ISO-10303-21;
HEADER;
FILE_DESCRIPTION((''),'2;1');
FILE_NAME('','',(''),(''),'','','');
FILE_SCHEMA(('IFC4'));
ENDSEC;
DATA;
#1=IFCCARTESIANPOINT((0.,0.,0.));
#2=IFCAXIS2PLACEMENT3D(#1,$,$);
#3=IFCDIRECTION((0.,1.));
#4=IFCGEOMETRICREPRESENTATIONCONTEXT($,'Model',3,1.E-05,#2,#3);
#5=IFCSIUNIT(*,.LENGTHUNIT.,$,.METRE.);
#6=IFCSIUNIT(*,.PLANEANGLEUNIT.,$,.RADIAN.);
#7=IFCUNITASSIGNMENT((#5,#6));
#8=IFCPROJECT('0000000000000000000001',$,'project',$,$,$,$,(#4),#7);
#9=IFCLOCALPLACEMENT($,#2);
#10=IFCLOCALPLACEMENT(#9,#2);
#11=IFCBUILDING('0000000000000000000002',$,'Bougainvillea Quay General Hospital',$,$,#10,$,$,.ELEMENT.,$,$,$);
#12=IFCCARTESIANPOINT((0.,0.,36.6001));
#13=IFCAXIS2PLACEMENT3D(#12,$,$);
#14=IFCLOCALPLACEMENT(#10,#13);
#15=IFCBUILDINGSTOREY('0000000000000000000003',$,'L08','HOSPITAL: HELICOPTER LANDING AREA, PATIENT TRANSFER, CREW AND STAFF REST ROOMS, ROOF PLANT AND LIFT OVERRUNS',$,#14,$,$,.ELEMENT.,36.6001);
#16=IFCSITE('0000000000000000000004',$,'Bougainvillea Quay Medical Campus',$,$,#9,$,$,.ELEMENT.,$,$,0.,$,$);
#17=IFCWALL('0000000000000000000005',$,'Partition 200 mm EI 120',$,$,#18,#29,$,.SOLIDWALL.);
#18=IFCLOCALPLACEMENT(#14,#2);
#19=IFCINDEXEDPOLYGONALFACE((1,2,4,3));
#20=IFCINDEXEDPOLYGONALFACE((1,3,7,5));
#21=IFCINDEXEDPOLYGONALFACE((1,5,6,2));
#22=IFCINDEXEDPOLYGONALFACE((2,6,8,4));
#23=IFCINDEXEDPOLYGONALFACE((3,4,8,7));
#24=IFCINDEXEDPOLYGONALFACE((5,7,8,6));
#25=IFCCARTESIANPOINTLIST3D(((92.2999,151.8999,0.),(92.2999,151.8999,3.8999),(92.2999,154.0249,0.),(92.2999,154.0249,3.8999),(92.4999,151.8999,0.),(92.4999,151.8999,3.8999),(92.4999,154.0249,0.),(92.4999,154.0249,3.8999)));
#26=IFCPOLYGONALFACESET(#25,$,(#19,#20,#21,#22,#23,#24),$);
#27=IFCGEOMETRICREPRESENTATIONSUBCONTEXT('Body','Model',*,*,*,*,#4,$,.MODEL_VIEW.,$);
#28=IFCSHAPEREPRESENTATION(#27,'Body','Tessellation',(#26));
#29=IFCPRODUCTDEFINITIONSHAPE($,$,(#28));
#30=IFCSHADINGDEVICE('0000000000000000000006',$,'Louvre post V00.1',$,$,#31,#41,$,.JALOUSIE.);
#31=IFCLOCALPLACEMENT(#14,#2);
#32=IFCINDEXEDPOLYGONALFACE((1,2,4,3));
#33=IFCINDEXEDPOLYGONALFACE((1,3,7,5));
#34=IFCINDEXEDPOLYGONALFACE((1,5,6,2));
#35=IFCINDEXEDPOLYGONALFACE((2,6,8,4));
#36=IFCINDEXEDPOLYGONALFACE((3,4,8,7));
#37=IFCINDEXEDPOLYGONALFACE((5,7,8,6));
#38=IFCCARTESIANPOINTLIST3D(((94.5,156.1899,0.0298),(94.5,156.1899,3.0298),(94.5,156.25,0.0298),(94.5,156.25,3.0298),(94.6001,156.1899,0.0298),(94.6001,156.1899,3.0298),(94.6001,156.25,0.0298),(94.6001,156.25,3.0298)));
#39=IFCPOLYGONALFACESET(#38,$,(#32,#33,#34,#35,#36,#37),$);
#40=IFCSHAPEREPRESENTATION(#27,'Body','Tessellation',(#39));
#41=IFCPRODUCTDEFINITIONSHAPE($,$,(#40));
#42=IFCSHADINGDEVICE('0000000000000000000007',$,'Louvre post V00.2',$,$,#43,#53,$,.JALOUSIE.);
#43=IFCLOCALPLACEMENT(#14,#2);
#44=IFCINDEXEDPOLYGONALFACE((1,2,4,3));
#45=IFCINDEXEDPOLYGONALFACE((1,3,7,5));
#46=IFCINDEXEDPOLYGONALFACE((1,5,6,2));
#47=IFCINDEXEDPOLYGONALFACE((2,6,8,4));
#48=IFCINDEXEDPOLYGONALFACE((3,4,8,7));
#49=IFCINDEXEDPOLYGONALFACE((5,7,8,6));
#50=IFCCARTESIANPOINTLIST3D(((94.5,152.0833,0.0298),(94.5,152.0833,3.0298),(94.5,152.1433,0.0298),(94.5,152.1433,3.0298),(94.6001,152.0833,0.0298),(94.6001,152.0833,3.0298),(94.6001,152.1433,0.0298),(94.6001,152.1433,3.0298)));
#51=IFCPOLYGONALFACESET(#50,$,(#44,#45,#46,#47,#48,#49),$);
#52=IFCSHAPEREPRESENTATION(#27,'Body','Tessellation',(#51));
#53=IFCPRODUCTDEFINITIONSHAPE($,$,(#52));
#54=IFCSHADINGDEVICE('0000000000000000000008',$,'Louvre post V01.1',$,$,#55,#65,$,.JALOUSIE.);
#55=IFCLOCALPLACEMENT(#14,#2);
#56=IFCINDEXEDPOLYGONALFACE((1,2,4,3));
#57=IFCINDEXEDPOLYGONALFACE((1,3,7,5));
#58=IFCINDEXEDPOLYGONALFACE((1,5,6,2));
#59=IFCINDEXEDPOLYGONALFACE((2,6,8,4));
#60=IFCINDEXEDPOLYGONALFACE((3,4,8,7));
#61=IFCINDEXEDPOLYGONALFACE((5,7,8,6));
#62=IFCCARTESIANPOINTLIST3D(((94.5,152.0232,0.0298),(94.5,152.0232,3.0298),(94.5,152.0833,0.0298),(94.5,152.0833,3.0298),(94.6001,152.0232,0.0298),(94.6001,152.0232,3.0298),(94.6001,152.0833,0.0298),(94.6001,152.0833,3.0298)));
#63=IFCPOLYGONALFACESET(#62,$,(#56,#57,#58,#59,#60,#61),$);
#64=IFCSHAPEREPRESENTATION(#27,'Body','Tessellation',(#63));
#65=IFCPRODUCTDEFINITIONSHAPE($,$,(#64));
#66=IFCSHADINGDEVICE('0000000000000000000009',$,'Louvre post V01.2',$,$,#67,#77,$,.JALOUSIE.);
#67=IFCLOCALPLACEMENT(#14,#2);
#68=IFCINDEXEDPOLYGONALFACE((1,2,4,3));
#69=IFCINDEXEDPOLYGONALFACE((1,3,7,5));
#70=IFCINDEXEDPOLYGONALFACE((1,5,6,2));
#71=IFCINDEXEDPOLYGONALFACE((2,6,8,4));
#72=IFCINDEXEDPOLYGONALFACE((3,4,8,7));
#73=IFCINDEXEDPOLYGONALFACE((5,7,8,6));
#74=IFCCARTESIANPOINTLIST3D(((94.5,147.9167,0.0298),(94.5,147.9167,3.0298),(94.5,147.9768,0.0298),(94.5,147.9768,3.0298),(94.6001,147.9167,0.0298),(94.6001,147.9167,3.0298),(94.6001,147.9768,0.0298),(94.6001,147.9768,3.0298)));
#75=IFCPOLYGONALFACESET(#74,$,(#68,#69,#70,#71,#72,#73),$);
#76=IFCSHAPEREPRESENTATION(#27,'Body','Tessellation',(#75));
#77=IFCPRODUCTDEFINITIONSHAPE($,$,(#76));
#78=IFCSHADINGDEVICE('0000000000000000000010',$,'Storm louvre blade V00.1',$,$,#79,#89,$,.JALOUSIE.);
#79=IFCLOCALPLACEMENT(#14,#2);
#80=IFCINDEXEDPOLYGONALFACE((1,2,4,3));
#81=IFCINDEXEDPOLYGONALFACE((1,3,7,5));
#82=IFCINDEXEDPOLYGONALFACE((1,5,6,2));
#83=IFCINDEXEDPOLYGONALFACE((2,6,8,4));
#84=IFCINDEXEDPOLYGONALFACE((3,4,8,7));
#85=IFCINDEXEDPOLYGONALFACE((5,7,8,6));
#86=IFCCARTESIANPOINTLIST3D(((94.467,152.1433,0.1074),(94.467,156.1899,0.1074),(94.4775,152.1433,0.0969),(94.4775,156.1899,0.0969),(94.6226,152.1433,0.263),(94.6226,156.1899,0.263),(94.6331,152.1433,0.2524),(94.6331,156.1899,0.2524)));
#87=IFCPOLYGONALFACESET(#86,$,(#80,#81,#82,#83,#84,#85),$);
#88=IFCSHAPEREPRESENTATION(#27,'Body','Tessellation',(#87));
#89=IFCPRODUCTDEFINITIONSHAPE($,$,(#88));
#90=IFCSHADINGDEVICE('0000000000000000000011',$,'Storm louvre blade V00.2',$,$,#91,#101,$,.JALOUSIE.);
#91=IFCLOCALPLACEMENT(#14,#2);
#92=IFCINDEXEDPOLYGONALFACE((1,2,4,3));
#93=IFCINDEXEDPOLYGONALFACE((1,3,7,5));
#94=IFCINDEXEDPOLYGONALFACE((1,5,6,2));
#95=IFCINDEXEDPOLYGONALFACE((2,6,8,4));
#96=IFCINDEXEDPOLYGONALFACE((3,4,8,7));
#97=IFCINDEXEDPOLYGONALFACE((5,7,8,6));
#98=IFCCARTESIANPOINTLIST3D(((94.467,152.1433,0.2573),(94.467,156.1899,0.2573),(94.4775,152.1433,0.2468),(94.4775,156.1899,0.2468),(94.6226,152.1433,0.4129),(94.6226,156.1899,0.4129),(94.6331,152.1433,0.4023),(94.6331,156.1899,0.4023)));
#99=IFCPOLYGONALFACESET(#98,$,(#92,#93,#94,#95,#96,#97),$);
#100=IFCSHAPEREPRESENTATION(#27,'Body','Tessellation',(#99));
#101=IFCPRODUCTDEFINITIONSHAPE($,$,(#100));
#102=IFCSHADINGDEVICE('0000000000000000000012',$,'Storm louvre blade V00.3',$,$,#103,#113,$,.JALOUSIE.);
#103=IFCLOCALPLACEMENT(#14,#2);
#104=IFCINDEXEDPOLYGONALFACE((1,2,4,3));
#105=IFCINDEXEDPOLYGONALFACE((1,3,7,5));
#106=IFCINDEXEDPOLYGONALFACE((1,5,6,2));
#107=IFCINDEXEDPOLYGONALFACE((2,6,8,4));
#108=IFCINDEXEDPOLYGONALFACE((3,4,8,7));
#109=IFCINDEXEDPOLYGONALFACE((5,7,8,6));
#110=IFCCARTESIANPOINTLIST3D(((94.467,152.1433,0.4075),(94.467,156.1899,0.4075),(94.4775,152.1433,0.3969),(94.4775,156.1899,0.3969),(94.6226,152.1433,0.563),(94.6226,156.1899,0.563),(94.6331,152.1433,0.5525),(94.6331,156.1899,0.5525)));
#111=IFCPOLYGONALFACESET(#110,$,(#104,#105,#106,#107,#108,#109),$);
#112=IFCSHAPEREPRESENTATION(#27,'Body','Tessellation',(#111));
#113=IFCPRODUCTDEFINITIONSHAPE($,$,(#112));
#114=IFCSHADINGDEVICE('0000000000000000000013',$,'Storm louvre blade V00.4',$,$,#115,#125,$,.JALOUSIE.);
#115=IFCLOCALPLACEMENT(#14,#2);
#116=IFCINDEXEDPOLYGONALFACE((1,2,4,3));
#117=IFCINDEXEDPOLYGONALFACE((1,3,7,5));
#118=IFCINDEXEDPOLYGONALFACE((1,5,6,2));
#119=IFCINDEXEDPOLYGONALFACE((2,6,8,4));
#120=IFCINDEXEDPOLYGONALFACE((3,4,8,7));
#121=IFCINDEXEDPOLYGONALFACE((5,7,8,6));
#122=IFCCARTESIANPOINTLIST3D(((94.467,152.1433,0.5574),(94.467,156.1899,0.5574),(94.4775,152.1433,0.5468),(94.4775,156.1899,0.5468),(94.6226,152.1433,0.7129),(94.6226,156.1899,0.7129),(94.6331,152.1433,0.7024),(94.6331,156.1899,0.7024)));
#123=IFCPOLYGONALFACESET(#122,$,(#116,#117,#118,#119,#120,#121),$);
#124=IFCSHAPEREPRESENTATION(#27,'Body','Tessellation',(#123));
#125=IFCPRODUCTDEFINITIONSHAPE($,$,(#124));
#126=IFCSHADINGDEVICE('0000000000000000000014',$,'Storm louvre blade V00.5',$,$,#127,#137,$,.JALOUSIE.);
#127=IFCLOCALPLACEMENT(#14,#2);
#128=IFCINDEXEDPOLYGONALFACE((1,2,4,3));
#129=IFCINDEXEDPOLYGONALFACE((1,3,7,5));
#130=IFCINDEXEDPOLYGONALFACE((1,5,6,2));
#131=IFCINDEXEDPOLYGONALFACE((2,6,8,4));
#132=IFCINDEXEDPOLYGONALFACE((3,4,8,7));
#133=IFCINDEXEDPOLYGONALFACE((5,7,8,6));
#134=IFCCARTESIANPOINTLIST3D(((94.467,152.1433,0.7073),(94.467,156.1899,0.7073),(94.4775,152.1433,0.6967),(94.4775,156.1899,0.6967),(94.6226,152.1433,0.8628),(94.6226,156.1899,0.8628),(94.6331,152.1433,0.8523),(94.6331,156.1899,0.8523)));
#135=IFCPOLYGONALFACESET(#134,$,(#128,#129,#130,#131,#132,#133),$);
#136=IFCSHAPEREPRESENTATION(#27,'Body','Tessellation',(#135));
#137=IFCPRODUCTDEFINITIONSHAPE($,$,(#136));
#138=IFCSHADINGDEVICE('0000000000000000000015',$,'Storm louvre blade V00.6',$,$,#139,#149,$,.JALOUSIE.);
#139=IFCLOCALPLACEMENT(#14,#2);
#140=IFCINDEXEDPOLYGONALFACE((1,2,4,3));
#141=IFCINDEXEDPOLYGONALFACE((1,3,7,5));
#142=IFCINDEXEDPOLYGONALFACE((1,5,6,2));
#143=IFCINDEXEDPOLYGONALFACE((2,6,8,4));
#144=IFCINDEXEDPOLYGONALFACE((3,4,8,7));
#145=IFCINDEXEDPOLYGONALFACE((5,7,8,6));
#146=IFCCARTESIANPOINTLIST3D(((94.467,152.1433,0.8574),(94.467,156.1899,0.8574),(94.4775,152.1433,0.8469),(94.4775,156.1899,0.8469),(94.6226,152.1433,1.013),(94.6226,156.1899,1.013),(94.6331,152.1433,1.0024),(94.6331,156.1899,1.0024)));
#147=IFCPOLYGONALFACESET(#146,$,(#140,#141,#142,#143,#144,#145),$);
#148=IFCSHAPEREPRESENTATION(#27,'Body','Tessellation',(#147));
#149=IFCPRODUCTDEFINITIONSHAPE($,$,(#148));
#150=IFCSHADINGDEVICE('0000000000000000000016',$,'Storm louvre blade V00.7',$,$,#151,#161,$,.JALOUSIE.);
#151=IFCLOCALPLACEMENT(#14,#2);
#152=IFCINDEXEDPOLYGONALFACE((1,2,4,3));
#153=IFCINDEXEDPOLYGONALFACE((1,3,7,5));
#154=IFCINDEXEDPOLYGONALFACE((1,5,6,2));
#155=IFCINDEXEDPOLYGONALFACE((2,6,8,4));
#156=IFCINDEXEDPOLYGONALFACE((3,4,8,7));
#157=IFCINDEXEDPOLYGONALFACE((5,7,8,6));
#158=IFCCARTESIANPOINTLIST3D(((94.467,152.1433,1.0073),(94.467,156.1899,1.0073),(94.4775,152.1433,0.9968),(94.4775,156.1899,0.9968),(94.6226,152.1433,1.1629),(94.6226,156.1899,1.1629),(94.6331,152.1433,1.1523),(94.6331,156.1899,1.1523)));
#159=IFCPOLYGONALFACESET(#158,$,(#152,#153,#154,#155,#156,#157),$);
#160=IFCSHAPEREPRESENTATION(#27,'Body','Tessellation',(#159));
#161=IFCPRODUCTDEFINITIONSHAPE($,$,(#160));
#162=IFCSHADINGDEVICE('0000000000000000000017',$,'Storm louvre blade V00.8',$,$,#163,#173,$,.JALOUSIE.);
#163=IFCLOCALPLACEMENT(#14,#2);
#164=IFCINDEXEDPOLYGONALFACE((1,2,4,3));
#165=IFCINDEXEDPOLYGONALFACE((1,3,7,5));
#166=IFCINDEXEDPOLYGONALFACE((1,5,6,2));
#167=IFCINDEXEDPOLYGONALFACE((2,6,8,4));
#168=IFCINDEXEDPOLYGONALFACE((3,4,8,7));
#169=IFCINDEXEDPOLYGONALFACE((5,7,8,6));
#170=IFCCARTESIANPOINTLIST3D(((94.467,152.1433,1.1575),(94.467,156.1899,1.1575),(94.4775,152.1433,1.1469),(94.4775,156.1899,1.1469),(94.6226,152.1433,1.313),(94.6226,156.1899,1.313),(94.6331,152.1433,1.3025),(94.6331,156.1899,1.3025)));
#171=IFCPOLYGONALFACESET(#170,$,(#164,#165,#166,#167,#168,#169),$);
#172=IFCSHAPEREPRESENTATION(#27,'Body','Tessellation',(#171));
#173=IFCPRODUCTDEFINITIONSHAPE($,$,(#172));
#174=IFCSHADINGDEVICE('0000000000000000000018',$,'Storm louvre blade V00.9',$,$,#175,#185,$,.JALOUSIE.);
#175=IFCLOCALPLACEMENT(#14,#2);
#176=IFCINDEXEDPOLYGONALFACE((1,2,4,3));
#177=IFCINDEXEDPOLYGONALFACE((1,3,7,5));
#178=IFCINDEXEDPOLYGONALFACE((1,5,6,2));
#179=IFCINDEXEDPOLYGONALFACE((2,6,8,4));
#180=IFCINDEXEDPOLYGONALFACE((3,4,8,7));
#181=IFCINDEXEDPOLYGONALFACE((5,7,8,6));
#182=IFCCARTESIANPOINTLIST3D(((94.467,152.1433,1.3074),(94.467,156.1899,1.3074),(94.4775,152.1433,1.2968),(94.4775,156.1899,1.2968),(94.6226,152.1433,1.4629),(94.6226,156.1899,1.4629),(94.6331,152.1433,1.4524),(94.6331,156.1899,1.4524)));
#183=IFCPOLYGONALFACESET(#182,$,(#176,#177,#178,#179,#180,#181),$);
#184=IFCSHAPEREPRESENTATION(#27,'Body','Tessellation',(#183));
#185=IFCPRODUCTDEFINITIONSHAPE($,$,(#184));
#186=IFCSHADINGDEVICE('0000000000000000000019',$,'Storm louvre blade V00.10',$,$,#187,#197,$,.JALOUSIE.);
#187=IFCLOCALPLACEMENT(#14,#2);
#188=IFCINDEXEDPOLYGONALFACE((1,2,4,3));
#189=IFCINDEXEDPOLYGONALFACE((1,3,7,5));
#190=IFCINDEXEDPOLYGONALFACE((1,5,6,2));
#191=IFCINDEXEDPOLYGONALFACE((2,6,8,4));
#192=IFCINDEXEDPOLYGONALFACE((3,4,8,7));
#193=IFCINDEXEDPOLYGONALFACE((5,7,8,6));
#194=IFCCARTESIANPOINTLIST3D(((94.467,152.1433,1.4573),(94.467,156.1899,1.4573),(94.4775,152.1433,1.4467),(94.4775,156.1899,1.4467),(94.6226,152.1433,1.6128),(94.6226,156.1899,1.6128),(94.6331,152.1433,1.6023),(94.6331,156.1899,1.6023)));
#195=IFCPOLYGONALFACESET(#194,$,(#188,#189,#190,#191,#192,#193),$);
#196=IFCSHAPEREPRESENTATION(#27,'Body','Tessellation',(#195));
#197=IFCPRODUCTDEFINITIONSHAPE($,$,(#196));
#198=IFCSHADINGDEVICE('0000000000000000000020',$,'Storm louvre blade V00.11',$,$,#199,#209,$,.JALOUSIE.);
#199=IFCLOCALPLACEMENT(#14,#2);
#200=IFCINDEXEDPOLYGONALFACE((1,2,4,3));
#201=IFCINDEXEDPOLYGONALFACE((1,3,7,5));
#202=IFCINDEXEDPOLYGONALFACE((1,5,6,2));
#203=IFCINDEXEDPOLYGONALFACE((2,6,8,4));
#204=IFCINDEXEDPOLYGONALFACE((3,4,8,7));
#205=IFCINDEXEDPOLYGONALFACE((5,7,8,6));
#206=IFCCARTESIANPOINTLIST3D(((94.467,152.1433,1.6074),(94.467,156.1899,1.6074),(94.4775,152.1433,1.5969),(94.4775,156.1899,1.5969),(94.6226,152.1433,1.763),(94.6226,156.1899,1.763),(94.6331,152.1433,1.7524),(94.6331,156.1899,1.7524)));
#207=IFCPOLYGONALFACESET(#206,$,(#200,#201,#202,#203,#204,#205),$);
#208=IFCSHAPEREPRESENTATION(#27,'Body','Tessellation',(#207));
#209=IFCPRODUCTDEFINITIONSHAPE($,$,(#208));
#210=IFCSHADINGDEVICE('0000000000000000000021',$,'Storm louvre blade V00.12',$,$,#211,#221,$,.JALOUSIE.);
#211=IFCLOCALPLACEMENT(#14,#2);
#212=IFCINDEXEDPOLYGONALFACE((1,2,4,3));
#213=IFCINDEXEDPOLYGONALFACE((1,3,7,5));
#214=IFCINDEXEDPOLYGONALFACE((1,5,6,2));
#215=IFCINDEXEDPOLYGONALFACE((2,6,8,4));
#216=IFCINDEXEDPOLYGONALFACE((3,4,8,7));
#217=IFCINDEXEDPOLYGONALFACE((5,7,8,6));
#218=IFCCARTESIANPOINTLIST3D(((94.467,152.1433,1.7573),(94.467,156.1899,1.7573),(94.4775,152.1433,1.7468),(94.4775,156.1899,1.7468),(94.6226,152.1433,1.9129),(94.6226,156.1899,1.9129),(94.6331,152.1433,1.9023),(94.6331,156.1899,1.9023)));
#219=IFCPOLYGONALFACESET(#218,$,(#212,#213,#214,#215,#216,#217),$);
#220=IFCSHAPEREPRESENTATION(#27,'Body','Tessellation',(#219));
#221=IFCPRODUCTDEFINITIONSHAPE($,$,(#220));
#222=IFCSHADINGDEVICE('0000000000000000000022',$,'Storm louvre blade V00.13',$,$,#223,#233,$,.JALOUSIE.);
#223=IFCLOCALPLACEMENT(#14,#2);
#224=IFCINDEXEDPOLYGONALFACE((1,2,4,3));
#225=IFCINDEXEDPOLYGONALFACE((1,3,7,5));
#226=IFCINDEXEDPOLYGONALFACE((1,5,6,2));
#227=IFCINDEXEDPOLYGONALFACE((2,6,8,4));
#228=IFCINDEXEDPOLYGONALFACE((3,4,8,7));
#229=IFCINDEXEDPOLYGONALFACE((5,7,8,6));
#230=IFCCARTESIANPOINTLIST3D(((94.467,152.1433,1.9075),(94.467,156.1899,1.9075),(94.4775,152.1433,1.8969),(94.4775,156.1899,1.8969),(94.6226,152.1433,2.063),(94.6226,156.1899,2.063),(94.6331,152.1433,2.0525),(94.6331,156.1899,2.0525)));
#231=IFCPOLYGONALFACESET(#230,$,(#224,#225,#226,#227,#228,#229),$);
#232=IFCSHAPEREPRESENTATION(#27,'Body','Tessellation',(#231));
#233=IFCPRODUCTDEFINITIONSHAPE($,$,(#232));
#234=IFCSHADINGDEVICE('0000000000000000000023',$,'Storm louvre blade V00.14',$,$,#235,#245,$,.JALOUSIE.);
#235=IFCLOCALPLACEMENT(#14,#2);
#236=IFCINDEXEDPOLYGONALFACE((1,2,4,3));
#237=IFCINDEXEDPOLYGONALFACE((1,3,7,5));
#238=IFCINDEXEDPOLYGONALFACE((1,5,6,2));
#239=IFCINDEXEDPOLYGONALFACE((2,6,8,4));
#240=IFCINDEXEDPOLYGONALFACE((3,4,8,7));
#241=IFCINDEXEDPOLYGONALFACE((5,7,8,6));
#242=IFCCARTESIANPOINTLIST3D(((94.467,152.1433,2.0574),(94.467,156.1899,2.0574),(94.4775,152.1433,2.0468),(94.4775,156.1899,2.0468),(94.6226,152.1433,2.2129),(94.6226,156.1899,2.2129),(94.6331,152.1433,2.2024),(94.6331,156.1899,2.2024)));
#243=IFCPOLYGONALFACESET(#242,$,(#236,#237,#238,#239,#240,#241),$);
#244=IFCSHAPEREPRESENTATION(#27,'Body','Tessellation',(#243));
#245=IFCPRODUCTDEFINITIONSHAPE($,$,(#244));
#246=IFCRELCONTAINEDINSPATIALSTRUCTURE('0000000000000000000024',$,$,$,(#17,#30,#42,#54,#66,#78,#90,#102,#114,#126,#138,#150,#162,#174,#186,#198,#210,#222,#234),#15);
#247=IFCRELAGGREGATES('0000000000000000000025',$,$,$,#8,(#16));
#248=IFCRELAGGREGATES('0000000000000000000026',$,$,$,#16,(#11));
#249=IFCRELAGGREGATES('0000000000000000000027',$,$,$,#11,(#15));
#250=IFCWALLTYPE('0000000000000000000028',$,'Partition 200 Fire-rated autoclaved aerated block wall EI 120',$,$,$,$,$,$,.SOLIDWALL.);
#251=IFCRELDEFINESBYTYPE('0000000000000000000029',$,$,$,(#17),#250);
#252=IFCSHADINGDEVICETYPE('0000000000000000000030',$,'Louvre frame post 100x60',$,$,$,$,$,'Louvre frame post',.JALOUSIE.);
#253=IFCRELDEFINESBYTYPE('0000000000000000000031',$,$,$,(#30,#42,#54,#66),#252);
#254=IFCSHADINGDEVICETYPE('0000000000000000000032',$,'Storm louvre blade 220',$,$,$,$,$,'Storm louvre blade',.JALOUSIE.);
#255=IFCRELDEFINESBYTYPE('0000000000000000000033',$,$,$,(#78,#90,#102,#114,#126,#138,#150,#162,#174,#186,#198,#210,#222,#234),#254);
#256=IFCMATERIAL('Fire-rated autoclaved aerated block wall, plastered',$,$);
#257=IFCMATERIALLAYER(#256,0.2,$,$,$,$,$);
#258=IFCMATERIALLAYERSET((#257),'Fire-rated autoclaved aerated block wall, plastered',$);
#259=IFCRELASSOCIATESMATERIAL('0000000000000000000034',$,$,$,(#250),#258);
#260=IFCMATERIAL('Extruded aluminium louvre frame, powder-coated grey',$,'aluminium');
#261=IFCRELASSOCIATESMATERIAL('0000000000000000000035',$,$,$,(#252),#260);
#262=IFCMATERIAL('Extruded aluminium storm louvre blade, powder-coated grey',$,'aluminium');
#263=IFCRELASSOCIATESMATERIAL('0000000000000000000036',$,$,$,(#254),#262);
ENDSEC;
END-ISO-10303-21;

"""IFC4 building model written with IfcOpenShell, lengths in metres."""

from ifc_helpers import new_model, si_unit, direction, frame, frame_2d, origin, origin_2d, place, context, subcontext, project, spatial, rectangle, extrude, material, layer, layer_set, material_profile, profile_set, type_object, element, save


model = new_model("IFC4")

# Units and contexts
model_context = context("Model", 3, precision=1e-05, world=origin(), true_north=direction((0.0, 1.0)))
body_context = subcontext(model_context, "Body", "Model", "MODEL_VIEW")
ifc_project = project(units=[si_unit("LENGTHUNIT", "METRE"), si_unit("PLANEANGLEUNIT", "RADIAN")], contexts=[model_context])

# Site, building, storey
site_placement = place(None, origin())
site = spatial("IfcSite", under=ifc_project, at=site_placement, Name="Bougainvillea Quay Medical Campus", CompositionType="ELEMENT", RefElevation=0.0)
building_placement = place(site_placement, origin())
building = spatial("IfcBuilding", under=site, at=building_placement, Name="Bougainvillea Quay General Hospital", CompositionType="ELEMENT")
storey_placement = place(building_placement, frame((0.0, 0.0, 36.6001)))
storey = spatial("IfcBuildingStorey", under=building, at=storey_placement, Name="L08", Description="HOSPITAL: HELICOPTER LANDING AREA, PATIENT TRANSFER, CREW AND STAFF REST ROOMS, ROOF PLANT AND LIFT OVERRUNS", CompositionType="ELEMENT", Elevation=36.6001)

# Wall
ifc_material_1 = material(Name="Fire-rated autoclaved aerated block wall, plastered")
ifc_layer = layer(ifc_material_1, 0.2)
ifc_layer_set = layer_set([ifc_layer], Name="Fire-rated autoclaved aerated block wall, plastered")
wall_type = type_object("IfcWallType", Name="Partition 200 Fire-rated autoclaved aerated block wall EI 120", PredefinedType="SOLIDWALL", material=ifc_layer_set)
wall_placement = place(storey_placement, frame((92.3999, 151.8999, 0.0), z_axis=(0.0, 0.0, 1.0), x_axis=(0.0, 1.0, 0.0)))
element("IfcWall", 1, at=wall_placement, inside=storey, type_object=wall_type, Name="Partition 200 mm EI 120", PredefinedType="SOLIDWALL", context=body_context, shape_type="SweptSolid", body=[
    extrude(rectangle(XDim=2.125, YDim=0.2, at=frame_2d((1.0625, 0.0))), origin(), (0.0, 0.0, 1.0), 3.8999),
])

# Shading devices
ifc_material_2 = material(Name="Extruded aluminium louvre frame, powder-coated grey", Category="aluminium")
ifc_material_profile_1 = material_profile(ifc_material_2, rectangle(XDim=0.1001, YDim=0.0601, at=origin_2d()))
ifc_profile_set_1 = profile_set([ifc_material_profile_1], Name="Extruded aluminium louvre frame, powder-coated grey")
shading_device_type_1 = type_object("IfcShadingDeviceType", Name="Louvre frame post 100x60", ElementType="Louvre frame post", PredefinedType="JALOUSIE", material=ifc_profile_set_1)
for number, where, z_axis, x_axis, name in (
    (2, (94.55, 156.22, 0.0298), (0.0, 0.0, 1.0), (1.0, 0.0, 0.0), "Louvre post V00.1"),
    (3, (94.55, 152.1133, 0.0298), (0.0, 0.0, 1.0), (1.0, 0.0, 0.0), "Louvre post V00.2"),
    (4, (94.55, 152.0532, 0.0298), (0.0, 0.0, 1.0), (1.0, 0.0, 0.0), "Louvre post V01.1"),
    (5, (94.55, 147.9468, 0.0298), (0.0, 0.0, 1.0), (1.0, 0.0, 0.0), "Louvre post V01.2"),
):
    element("IfcShadingDevice", number, at=place(storey_placement, frame(where, z_axis=z_axis, x_axis=x_axis)), inside=storey, type_object=shading_device_type_1, Name=name, PredefinedType="JALOUSIE", context=body_context, shape_type="SweptSolid", body=[
        extrude(rectangle(XDim=0.1001, YDim=0.0601, at=origin_2d()), origin(), (0.0, 0.0, 1.0), 3.0),
    ])
ifc_material_3 = material(Name="Extruded aluminium storm louvre blade, powder-coated grey", Category="aluminium")
ifc_material_profile_2 = material_profile(ifc_material_3, rectangle(XDim=0.22, YDim=0.0149, at=origin_2d()))
ifc_profile_set_2 = profile_set([ifc_material_profile_2], Name="Extruded aluminium storm louvre blade, powder-coated grey")
shading_device_type_2 = type_object("IfcShadingDeviceType", Name="Storm louvre blade 220", ElementType="Storm louvre blade", PredefinedType="JALOUSIE", material=ifc_profile_set_2)
for number, where, z_axis, x_axis, name in (
    (6, (94.55, 156.1899, 0.1799), (0.0, -1.0, 0.0), (0.707107, 0.0, 0.707107), "Storm louvre blade V00.1"),
    (7, (94.55, 156.1899, 0.3298), (0.0, -1.0, 0.0), (0.707107, 0.0, 0.707107), "Storm louvre blade V00.2"),
    (8, (94.55, 156.1899, 0.48), (0.0, -1.0, 0.0), (0.707107, 0.0, 0.707107), "Storm louvre blade V00.3"),
    (9, (94.55, 156.1899, 0.6299), (0.0, -1.0, 0.0), (0.707107, 0.0, 0.707107), "Storm louvre blade V00.4"),
    (10, (94.55, 156.1899, 0.7798), (0.0, -1.0, 0.0), (0.707107, 0.0, 0.707107), "Storm louvre blade V00.5"),
    (11, (94.55, 156.1899, 0.9299), (0.0, -1.0, 0.0), (0.707107, 0.0, 0.707107), "Storm louvre blade V00.6"),
    (12, (94.55, 156.1899, 1.0798), (0.0, -1.0, 0.0), (0.707107, 0.0, 0.707107), "Storm louvre blade V00.7"),
    (13, (94.55, 156.1899, 1.23), (0.0, -1.0, 0.0), (0.707107, 0.0, 0.707107), "Storm louvre blade V00.8"),
    (14, (94.55, 156.1899, 1.3799), (0.0, -1.0, 0.0), (0.707107, 0.0, 0.707107), "Storm louvre blade V00.9"),
    (15, (94.55, 156.1899, 1.5298), (0.0, -1.0, 0.0), (0.707107, 0.0, 0.707107), "Storm louvre blade V00.10"),
    (16, (94.55, 156.1899, 1.6799), (0.0, -1.0, 0.0), (0.707107, 0.0, 0.707107), "Storm louvre blade V00.11"),
    (17, (94.55, 156.1899, 1.8298), (0.0, -1.0, 0.0), (0.707107, 0.0, 0.707107), "Storm louvre blade V00.12"),
    (18, (94.55, 156.1899, 1.98), (0.0, -1.0, 0.0), (0.707107, 0.0, 0.707107), "Storm louvre blade V00.13"),
    (19, (94.55, 156.1899, 2.1299), (0.0, -1.0, 0.0), (0.707107, 0.0, 0.707107), "Storm louvre blade V00.14"),
):
    element("IfcShadingDevice", number, at=place(storey_placement, frame(where, z_axis=z_axis, x_axis=x_axis)), inside=storey, type_object=shading_device_type_2, Name=name, PredefinedType="JALOUSIE", context=body_context, shape_type="SweptSolid", body=[
        extrude(rectangle(XDim=0.22, YDim=0.0149, at=origin_2d()), origin(), (0.0, 0.0, 1.0), 4.0466),
    ])

save(model, "model.ifc")
